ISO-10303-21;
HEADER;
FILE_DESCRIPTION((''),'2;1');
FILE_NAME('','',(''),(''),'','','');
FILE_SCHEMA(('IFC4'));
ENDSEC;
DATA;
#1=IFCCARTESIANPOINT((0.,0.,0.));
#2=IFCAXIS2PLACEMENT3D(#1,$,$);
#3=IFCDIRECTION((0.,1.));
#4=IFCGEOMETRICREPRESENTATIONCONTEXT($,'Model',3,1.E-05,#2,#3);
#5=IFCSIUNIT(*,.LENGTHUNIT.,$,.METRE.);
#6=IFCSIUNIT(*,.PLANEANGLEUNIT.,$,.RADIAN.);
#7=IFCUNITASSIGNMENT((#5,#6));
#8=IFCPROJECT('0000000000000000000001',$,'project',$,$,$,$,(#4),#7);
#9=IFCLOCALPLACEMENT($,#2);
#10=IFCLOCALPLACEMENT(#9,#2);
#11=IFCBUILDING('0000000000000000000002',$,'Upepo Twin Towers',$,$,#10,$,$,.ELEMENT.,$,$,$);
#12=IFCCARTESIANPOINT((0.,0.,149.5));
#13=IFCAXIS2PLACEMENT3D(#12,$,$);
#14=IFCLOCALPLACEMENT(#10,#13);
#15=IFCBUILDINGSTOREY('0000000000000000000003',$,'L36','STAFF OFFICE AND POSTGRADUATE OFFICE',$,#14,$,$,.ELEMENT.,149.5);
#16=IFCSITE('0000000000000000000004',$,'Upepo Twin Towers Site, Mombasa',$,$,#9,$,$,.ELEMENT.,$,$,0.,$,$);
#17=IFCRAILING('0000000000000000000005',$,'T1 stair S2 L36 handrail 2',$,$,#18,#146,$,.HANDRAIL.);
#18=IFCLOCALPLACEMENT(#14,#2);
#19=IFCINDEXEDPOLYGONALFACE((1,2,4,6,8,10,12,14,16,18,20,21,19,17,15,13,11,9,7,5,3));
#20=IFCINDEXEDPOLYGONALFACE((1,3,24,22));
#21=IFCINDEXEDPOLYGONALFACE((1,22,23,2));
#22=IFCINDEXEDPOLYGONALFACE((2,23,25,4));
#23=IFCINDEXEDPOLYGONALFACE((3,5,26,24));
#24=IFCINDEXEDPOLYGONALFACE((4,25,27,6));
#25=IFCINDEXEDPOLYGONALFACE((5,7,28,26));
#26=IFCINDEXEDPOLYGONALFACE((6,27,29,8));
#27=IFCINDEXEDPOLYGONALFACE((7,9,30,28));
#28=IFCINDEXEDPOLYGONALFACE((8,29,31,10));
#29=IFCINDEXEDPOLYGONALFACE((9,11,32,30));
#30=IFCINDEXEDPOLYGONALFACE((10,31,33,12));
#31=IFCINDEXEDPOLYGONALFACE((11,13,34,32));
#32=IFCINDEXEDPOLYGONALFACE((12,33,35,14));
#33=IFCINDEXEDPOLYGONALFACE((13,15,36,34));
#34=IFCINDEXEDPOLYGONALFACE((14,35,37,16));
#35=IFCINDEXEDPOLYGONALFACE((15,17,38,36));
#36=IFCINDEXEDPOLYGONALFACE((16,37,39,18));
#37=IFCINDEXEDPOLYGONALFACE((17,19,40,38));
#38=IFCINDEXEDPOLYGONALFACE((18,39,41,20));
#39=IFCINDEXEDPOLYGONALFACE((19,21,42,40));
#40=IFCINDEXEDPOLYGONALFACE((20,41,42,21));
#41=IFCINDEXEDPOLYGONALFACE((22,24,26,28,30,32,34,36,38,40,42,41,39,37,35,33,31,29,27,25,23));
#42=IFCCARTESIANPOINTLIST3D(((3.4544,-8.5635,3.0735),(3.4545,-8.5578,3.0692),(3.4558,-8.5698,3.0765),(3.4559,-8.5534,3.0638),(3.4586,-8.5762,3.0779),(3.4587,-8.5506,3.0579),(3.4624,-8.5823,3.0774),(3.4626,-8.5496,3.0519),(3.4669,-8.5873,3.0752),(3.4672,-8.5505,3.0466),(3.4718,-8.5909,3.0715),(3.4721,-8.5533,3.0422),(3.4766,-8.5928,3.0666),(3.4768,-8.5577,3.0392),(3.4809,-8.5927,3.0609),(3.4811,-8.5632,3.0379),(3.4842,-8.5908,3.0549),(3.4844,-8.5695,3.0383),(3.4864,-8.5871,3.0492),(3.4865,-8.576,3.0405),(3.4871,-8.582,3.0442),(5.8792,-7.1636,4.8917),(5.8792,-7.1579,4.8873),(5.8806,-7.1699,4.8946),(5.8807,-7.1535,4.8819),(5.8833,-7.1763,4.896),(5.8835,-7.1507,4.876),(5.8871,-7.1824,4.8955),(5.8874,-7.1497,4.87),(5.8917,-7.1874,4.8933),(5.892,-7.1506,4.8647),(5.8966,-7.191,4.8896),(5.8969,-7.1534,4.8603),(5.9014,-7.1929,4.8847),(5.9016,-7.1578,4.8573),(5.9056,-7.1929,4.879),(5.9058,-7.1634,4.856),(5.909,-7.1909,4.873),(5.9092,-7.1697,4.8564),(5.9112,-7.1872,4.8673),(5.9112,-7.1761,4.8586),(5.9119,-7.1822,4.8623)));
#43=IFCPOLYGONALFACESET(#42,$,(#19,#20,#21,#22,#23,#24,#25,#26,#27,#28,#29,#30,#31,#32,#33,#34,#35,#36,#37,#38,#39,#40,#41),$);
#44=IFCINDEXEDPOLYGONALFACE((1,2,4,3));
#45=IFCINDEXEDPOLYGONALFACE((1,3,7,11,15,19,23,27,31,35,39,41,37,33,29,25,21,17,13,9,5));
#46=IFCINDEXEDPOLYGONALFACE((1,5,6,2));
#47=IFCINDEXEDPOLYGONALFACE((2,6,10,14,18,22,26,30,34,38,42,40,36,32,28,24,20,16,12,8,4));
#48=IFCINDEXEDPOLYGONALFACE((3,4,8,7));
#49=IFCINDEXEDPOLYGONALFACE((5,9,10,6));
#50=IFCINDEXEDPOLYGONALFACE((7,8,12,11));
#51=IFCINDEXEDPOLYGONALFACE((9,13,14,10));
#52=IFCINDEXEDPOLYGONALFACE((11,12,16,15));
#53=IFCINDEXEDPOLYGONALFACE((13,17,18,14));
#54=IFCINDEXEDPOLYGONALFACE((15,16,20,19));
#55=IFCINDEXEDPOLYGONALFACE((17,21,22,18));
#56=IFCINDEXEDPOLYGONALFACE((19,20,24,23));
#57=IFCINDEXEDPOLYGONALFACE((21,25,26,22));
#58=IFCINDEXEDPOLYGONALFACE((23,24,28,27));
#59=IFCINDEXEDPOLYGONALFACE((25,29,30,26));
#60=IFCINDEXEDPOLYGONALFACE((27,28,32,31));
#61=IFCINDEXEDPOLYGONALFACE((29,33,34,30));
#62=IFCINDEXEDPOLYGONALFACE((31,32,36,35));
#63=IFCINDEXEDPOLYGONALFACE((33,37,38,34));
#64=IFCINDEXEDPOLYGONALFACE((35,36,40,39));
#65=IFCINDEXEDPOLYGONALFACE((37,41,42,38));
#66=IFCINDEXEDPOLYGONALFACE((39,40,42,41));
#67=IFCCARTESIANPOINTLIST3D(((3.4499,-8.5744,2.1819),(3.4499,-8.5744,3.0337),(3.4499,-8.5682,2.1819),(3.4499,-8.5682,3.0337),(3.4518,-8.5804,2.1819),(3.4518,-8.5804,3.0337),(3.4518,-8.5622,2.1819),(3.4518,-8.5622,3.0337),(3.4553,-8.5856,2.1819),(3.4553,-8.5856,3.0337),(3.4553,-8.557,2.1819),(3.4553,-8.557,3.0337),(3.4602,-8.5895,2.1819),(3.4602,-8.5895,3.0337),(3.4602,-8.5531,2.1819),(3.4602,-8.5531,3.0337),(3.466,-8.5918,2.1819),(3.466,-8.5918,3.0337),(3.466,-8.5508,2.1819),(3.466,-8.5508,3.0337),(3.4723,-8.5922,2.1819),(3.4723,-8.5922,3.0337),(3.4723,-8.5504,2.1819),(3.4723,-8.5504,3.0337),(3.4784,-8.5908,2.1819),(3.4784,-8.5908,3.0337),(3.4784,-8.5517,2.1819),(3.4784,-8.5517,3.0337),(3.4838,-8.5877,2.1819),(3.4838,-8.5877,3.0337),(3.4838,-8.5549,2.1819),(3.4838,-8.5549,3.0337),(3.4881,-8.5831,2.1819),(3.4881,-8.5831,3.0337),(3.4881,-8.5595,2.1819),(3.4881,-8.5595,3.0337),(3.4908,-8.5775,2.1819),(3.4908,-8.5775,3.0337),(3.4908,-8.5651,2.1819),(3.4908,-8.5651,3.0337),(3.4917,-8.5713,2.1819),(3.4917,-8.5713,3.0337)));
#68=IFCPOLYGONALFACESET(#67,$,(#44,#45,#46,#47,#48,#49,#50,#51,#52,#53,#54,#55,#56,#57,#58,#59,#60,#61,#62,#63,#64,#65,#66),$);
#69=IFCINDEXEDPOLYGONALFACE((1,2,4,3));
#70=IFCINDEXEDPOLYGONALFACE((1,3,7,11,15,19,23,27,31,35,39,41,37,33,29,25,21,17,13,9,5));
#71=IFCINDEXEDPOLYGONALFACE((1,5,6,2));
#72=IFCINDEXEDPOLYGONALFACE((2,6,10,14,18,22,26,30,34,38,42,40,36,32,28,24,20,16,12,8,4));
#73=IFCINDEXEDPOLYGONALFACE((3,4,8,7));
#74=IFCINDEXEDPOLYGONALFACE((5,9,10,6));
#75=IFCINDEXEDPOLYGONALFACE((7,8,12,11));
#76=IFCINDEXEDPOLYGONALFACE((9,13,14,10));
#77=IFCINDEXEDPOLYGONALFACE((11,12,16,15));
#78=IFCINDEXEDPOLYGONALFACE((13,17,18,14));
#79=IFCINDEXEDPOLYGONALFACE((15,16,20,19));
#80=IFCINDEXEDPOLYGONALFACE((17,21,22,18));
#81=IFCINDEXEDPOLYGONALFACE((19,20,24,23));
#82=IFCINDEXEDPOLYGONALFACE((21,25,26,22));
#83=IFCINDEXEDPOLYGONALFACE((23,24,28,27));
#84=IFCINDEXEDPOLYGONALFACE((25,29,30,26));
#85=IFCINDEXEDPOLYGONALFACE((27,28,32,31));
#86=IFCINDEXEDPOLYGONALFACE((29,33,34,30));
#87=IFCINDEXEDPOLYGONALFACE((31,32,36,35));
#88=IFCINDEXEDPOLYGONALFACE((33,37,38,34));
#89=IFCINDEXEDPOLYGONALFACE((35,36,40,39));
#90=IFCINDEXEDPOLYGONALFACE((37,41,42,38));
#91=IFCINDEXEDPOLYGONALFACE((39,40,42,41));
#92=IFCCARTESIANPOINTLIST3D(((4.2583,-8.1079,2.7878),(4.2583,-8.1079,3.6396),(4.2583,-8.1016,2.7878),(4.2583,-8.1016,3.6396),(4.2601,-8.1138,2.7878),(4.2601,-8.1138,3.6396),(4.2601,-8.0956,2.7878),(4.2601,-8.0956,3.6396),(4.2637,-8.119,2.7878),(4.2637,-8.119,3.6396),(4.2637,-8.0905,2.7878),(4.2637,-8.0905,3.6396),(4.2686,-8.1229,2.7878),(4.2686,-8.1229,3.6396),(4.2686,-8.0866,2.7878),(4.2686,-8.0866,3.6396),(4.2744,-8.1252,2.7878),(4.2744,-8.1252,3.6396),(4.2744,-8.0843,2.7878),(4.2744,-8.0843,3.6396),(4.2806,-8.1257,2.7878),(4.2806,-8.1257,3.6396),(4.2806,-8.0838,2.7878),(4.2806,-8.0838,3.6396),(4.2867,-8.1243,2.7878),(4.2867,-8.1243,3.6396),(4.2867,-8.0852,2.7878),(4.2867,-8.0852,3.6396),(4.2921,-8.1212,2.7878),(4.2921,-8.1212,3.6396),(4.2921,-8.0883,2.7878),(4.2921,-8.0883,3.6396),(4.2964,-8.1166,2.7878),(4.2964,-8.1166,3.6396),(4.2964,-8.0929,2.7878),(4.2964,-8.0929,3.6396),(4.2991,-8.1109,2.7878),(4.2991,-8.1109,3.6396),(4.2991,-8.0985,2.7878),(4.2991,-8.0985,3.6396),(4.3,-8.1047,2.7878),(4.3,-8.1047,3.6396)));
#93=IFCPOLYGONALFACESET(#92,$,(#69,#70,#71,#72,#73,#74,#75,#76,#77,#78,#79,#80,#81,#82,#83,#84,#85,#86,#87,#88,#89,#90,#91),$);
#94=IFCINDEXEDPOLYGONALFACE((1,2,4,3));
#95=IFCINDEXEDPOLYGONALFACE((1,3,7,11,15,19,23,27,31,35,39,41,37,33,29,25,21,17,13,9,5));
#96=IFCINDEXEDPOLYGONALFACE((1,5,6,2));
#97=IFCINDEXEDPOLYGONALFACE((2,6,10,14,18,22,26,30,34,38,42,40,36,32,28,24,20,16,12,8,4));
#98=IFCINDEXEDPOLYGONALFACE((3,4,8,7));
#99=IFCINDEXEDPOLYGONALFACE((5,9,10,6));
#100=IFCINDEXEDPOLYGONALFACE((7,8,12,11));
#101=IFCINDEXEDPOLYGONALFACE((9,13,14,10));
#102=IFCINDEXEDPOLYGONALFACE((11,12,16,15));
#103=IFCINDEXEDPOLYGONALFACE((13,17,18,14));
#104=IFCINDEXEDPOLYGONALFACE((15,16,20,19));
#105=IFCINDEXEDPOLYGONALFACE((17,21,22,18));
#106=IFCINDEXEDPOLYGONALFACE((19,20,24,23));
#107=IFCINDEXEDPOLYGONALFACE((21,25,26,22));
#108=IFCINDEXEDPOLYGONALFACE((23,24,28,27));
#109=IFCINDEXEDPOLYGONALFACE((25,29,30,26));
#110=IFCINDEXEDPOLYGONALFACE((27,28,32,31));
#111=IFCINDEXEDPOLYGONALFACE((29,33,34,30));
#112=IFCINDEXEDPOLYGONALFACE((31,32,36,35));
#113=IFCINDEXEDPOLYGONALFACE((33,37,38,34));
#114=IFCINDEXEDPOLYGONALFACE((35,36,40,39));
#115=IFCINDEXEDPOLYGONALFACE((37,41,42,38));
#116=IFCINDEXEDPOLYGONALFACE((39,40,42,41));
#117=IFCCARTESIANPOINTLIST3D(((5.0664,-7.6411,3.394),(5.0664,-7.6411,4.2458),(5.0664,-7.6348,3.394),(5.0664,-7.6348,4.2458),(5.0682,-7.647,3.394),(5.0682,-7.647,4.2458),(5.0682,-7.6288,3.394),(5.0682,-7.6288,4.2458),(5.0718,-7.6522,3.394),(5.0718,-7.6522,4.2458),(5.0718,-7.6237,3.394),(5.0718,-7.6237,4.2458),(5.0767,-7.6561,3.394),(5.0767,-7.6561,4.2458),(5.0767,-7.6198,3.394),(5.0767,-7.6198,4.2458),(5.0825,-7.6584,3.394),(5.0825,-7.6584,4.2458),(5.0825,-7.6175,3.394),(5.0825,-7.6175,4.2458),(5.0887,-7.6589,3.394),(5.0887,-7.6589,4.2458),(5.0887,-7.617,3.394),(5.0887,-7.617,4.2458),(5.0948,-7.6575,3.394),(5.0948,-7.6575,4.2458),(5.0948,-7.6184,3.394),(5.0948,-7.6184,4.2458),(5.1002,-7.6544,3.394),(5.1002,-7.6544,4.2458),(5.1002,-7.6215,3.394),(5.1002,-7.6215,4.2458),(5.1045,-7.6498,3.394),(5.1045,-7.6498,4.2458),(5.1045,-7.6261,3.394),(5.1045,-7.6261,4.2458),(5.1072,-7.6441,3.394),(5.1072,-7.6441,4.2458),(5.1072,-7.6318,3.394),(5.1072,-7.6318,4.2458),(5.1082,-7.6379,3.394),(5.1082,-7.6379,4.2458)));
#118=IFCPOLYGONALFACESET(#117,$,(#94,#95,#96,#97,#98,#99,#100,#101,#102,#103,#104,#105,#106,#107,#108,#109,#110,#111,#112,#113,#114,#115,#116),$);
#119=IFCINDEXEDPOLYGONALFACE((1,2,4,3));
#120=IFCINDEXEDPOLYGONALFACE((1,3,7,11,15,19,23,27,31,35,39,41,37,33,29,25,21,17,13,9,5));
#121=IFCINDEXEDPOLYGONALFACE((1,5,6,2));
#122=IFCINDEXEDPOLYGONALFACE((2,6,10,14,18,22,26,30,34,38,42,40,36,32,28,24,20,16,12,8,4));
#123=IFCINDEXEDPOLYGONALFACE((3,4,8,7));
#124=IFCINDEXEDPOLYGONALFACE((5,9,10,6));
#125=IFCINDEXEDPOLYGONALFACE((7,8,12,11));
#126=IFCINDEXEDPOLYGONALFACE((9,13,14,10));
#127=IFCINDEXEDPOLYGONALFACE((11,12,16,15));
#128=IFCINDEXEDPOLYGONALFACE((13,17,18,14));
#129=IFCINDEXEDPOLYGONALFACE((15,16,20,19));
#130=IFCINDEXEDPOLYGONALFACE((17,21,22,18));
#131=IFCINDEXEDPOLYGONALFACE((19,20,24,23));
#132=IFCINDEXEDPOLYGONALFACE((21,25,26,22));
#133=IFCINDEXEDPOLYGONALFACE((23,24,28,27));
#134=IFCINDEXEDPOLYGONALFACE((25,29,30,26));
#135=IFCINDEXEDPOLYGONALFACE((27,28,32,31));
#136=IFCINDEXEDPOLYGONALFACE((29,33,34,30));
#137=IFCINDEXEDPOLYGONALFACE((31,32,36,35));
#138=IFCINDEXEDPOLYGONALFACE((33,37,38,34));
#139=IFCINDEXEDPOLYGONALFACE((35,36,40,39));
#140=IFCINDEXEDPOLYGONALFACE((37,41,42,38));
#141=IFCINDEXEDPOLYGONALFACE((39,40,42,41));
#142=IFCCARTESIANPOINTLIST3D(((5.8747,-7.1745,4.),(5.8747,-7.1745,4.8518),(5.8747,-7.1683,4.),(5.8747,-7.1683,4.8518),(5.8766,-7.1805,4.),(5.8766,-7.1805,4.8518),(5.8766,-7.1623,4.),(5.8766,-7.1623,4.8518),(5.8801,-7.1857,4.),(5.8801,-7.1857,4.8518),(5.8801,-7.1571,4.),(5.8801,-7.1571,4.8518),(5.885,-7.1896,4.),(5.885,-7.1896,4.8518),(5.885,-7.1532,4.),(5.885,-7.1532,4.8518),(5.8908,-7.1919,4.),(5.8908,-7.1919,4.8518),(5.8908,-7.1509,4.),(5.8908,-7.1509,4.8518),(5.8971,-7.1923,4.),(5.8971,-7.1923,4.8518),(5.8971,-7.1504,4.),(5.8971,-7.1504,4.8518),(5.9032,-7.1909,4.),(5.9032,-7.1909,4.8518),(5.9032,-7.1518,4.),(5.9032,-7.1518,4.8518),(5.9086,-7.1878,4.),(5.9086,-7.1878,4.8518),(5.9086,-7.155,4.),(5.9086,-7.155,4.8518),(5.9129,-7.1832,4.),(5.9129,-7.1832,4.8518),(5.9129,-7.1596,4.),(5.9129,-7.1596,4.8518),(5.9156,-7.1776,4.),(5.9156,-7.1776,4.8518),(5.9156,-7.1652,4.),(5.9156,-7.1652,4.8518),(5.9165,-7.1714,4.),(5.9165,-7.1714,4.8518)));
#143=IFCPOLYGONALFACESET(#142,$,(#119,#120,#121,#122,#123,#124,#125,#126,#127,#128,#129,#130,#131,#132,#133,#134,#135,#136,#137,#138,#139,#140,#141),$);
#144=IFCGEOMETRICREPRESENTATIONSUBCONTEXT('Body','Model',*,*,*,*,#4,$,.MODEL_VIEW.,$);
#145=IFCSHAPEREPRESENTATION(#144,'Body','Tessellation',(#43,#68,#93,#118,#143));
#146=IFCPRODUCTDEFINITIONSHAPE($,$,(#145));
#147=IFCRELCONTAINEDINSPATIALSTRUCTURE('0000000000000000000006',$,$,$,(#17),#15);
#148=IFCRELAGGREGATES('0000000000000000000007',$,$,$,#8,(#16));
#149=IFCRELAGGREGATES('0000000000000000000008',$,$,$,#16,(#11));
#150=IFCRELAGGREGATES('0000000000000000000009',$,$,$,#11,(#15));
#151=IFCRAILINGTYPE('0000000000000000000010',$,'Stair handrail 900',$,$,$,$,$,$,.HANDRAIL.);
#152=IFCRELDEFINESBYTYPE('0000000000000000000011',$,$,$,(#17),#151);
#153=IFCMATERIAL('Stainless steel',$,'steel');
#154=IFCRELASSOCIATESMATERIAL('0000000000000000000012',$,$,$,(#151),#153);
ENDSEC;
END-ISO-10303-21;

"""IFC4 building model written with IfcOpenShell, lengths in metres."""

from ifc_helpers import new_model, si_unit, direction, frame, origin, origin_2d, place, context, subcontext, project, spatial, circle, extrude, material, type_object, element, save


model = new_model("IFC4")

# Units and contexts
model_context = context("Model", 3, precision=1e-05, world=origin(), true_north=direction((0.0, 1.0)))
body_context = subcontext(model_context, "Body", "Model", "MODEL_VIEW")
ifc_project = project(units=[si_unit("LENGTHUNIT", "METRE"), si_unit("PLANEANGLEUNIT", "RADIAN")], contexts=[model_context])

# Site, building, storey
site_placement = place(None, origin())
site = spatial("IfcSite", under=ifc_project, at=site_placement, Name="Upepo Twin Towers Site, Mombasa", CompositionType="ELEMENT", RefElevation=0.0)
building_placement = place(site_placement, origin())
building = spatial("IfcBuilding", under=site, at=building_placement, Name="Upepo Twin Towers", CompositionType="ELEMENT")
storey_placement = place(building_placement, frame((0.0, 0.0, 149.5)))
storey = spatial("IfcBuildingStorey", under=building, at=storey_placement, Name="L36", Description="STAFF OFFICE AND POSTGRADUATE OFFICE", CompositionType="ELEMENT", Elevation=149.5)

# Railing
ifc_material_1 = material(Name="Stainless steel", Category="steel")
railing_type = type_object("IfcRailingType", Name="Stair handrail 900", PredefinedType="HANDRAIL", material=ifc_material_1)
railing_placement = place(storey_placement, frame((3.4707, -8.5713, 2.1819)))
element("IfcRailing", 1, at=railing_placement, inside=storey, type_object=railing_type, Name="T1 stair S2 L36 handrail 2", PredefinedType="HANDRAIL", context=body_context, shape_type="SweptSolid", body=[
    extrude(circle(Radius=0.0239, at=origin_2d()), frame((0.0, 0.0, 0.876), z_axis=(0.726336, 0.419333, 0.544606), x_axis=(-0.499984, 0.866035, 0.0)), (0.0, 0.0, 1.0), 3.3384),
    extrude(circle(Radius=0.021, at=origin_2d()), origin(), (0.0, 0.0, 1.0), 0.8518),
    extrude(circle(Radius=0.021, at=origin_2d()), frame((0.8083, 0.4666, 0.606)), (0.0, 0.0, 1.0), 0.8518),
    extrude(circle(Radius=0.021, at=origin_2d()), frame((1.6165, 0.9333, 1.2122)), (0.0, 0.0, 1.0), 0.8518),
    extrude(circle(Radius=0.021, at=origin_2d()), frame((2.4248, 1.3999, 1.8181)), (0.0, 0.0, 1.0), 0.8518),
])

save(model, "model.ifc")
